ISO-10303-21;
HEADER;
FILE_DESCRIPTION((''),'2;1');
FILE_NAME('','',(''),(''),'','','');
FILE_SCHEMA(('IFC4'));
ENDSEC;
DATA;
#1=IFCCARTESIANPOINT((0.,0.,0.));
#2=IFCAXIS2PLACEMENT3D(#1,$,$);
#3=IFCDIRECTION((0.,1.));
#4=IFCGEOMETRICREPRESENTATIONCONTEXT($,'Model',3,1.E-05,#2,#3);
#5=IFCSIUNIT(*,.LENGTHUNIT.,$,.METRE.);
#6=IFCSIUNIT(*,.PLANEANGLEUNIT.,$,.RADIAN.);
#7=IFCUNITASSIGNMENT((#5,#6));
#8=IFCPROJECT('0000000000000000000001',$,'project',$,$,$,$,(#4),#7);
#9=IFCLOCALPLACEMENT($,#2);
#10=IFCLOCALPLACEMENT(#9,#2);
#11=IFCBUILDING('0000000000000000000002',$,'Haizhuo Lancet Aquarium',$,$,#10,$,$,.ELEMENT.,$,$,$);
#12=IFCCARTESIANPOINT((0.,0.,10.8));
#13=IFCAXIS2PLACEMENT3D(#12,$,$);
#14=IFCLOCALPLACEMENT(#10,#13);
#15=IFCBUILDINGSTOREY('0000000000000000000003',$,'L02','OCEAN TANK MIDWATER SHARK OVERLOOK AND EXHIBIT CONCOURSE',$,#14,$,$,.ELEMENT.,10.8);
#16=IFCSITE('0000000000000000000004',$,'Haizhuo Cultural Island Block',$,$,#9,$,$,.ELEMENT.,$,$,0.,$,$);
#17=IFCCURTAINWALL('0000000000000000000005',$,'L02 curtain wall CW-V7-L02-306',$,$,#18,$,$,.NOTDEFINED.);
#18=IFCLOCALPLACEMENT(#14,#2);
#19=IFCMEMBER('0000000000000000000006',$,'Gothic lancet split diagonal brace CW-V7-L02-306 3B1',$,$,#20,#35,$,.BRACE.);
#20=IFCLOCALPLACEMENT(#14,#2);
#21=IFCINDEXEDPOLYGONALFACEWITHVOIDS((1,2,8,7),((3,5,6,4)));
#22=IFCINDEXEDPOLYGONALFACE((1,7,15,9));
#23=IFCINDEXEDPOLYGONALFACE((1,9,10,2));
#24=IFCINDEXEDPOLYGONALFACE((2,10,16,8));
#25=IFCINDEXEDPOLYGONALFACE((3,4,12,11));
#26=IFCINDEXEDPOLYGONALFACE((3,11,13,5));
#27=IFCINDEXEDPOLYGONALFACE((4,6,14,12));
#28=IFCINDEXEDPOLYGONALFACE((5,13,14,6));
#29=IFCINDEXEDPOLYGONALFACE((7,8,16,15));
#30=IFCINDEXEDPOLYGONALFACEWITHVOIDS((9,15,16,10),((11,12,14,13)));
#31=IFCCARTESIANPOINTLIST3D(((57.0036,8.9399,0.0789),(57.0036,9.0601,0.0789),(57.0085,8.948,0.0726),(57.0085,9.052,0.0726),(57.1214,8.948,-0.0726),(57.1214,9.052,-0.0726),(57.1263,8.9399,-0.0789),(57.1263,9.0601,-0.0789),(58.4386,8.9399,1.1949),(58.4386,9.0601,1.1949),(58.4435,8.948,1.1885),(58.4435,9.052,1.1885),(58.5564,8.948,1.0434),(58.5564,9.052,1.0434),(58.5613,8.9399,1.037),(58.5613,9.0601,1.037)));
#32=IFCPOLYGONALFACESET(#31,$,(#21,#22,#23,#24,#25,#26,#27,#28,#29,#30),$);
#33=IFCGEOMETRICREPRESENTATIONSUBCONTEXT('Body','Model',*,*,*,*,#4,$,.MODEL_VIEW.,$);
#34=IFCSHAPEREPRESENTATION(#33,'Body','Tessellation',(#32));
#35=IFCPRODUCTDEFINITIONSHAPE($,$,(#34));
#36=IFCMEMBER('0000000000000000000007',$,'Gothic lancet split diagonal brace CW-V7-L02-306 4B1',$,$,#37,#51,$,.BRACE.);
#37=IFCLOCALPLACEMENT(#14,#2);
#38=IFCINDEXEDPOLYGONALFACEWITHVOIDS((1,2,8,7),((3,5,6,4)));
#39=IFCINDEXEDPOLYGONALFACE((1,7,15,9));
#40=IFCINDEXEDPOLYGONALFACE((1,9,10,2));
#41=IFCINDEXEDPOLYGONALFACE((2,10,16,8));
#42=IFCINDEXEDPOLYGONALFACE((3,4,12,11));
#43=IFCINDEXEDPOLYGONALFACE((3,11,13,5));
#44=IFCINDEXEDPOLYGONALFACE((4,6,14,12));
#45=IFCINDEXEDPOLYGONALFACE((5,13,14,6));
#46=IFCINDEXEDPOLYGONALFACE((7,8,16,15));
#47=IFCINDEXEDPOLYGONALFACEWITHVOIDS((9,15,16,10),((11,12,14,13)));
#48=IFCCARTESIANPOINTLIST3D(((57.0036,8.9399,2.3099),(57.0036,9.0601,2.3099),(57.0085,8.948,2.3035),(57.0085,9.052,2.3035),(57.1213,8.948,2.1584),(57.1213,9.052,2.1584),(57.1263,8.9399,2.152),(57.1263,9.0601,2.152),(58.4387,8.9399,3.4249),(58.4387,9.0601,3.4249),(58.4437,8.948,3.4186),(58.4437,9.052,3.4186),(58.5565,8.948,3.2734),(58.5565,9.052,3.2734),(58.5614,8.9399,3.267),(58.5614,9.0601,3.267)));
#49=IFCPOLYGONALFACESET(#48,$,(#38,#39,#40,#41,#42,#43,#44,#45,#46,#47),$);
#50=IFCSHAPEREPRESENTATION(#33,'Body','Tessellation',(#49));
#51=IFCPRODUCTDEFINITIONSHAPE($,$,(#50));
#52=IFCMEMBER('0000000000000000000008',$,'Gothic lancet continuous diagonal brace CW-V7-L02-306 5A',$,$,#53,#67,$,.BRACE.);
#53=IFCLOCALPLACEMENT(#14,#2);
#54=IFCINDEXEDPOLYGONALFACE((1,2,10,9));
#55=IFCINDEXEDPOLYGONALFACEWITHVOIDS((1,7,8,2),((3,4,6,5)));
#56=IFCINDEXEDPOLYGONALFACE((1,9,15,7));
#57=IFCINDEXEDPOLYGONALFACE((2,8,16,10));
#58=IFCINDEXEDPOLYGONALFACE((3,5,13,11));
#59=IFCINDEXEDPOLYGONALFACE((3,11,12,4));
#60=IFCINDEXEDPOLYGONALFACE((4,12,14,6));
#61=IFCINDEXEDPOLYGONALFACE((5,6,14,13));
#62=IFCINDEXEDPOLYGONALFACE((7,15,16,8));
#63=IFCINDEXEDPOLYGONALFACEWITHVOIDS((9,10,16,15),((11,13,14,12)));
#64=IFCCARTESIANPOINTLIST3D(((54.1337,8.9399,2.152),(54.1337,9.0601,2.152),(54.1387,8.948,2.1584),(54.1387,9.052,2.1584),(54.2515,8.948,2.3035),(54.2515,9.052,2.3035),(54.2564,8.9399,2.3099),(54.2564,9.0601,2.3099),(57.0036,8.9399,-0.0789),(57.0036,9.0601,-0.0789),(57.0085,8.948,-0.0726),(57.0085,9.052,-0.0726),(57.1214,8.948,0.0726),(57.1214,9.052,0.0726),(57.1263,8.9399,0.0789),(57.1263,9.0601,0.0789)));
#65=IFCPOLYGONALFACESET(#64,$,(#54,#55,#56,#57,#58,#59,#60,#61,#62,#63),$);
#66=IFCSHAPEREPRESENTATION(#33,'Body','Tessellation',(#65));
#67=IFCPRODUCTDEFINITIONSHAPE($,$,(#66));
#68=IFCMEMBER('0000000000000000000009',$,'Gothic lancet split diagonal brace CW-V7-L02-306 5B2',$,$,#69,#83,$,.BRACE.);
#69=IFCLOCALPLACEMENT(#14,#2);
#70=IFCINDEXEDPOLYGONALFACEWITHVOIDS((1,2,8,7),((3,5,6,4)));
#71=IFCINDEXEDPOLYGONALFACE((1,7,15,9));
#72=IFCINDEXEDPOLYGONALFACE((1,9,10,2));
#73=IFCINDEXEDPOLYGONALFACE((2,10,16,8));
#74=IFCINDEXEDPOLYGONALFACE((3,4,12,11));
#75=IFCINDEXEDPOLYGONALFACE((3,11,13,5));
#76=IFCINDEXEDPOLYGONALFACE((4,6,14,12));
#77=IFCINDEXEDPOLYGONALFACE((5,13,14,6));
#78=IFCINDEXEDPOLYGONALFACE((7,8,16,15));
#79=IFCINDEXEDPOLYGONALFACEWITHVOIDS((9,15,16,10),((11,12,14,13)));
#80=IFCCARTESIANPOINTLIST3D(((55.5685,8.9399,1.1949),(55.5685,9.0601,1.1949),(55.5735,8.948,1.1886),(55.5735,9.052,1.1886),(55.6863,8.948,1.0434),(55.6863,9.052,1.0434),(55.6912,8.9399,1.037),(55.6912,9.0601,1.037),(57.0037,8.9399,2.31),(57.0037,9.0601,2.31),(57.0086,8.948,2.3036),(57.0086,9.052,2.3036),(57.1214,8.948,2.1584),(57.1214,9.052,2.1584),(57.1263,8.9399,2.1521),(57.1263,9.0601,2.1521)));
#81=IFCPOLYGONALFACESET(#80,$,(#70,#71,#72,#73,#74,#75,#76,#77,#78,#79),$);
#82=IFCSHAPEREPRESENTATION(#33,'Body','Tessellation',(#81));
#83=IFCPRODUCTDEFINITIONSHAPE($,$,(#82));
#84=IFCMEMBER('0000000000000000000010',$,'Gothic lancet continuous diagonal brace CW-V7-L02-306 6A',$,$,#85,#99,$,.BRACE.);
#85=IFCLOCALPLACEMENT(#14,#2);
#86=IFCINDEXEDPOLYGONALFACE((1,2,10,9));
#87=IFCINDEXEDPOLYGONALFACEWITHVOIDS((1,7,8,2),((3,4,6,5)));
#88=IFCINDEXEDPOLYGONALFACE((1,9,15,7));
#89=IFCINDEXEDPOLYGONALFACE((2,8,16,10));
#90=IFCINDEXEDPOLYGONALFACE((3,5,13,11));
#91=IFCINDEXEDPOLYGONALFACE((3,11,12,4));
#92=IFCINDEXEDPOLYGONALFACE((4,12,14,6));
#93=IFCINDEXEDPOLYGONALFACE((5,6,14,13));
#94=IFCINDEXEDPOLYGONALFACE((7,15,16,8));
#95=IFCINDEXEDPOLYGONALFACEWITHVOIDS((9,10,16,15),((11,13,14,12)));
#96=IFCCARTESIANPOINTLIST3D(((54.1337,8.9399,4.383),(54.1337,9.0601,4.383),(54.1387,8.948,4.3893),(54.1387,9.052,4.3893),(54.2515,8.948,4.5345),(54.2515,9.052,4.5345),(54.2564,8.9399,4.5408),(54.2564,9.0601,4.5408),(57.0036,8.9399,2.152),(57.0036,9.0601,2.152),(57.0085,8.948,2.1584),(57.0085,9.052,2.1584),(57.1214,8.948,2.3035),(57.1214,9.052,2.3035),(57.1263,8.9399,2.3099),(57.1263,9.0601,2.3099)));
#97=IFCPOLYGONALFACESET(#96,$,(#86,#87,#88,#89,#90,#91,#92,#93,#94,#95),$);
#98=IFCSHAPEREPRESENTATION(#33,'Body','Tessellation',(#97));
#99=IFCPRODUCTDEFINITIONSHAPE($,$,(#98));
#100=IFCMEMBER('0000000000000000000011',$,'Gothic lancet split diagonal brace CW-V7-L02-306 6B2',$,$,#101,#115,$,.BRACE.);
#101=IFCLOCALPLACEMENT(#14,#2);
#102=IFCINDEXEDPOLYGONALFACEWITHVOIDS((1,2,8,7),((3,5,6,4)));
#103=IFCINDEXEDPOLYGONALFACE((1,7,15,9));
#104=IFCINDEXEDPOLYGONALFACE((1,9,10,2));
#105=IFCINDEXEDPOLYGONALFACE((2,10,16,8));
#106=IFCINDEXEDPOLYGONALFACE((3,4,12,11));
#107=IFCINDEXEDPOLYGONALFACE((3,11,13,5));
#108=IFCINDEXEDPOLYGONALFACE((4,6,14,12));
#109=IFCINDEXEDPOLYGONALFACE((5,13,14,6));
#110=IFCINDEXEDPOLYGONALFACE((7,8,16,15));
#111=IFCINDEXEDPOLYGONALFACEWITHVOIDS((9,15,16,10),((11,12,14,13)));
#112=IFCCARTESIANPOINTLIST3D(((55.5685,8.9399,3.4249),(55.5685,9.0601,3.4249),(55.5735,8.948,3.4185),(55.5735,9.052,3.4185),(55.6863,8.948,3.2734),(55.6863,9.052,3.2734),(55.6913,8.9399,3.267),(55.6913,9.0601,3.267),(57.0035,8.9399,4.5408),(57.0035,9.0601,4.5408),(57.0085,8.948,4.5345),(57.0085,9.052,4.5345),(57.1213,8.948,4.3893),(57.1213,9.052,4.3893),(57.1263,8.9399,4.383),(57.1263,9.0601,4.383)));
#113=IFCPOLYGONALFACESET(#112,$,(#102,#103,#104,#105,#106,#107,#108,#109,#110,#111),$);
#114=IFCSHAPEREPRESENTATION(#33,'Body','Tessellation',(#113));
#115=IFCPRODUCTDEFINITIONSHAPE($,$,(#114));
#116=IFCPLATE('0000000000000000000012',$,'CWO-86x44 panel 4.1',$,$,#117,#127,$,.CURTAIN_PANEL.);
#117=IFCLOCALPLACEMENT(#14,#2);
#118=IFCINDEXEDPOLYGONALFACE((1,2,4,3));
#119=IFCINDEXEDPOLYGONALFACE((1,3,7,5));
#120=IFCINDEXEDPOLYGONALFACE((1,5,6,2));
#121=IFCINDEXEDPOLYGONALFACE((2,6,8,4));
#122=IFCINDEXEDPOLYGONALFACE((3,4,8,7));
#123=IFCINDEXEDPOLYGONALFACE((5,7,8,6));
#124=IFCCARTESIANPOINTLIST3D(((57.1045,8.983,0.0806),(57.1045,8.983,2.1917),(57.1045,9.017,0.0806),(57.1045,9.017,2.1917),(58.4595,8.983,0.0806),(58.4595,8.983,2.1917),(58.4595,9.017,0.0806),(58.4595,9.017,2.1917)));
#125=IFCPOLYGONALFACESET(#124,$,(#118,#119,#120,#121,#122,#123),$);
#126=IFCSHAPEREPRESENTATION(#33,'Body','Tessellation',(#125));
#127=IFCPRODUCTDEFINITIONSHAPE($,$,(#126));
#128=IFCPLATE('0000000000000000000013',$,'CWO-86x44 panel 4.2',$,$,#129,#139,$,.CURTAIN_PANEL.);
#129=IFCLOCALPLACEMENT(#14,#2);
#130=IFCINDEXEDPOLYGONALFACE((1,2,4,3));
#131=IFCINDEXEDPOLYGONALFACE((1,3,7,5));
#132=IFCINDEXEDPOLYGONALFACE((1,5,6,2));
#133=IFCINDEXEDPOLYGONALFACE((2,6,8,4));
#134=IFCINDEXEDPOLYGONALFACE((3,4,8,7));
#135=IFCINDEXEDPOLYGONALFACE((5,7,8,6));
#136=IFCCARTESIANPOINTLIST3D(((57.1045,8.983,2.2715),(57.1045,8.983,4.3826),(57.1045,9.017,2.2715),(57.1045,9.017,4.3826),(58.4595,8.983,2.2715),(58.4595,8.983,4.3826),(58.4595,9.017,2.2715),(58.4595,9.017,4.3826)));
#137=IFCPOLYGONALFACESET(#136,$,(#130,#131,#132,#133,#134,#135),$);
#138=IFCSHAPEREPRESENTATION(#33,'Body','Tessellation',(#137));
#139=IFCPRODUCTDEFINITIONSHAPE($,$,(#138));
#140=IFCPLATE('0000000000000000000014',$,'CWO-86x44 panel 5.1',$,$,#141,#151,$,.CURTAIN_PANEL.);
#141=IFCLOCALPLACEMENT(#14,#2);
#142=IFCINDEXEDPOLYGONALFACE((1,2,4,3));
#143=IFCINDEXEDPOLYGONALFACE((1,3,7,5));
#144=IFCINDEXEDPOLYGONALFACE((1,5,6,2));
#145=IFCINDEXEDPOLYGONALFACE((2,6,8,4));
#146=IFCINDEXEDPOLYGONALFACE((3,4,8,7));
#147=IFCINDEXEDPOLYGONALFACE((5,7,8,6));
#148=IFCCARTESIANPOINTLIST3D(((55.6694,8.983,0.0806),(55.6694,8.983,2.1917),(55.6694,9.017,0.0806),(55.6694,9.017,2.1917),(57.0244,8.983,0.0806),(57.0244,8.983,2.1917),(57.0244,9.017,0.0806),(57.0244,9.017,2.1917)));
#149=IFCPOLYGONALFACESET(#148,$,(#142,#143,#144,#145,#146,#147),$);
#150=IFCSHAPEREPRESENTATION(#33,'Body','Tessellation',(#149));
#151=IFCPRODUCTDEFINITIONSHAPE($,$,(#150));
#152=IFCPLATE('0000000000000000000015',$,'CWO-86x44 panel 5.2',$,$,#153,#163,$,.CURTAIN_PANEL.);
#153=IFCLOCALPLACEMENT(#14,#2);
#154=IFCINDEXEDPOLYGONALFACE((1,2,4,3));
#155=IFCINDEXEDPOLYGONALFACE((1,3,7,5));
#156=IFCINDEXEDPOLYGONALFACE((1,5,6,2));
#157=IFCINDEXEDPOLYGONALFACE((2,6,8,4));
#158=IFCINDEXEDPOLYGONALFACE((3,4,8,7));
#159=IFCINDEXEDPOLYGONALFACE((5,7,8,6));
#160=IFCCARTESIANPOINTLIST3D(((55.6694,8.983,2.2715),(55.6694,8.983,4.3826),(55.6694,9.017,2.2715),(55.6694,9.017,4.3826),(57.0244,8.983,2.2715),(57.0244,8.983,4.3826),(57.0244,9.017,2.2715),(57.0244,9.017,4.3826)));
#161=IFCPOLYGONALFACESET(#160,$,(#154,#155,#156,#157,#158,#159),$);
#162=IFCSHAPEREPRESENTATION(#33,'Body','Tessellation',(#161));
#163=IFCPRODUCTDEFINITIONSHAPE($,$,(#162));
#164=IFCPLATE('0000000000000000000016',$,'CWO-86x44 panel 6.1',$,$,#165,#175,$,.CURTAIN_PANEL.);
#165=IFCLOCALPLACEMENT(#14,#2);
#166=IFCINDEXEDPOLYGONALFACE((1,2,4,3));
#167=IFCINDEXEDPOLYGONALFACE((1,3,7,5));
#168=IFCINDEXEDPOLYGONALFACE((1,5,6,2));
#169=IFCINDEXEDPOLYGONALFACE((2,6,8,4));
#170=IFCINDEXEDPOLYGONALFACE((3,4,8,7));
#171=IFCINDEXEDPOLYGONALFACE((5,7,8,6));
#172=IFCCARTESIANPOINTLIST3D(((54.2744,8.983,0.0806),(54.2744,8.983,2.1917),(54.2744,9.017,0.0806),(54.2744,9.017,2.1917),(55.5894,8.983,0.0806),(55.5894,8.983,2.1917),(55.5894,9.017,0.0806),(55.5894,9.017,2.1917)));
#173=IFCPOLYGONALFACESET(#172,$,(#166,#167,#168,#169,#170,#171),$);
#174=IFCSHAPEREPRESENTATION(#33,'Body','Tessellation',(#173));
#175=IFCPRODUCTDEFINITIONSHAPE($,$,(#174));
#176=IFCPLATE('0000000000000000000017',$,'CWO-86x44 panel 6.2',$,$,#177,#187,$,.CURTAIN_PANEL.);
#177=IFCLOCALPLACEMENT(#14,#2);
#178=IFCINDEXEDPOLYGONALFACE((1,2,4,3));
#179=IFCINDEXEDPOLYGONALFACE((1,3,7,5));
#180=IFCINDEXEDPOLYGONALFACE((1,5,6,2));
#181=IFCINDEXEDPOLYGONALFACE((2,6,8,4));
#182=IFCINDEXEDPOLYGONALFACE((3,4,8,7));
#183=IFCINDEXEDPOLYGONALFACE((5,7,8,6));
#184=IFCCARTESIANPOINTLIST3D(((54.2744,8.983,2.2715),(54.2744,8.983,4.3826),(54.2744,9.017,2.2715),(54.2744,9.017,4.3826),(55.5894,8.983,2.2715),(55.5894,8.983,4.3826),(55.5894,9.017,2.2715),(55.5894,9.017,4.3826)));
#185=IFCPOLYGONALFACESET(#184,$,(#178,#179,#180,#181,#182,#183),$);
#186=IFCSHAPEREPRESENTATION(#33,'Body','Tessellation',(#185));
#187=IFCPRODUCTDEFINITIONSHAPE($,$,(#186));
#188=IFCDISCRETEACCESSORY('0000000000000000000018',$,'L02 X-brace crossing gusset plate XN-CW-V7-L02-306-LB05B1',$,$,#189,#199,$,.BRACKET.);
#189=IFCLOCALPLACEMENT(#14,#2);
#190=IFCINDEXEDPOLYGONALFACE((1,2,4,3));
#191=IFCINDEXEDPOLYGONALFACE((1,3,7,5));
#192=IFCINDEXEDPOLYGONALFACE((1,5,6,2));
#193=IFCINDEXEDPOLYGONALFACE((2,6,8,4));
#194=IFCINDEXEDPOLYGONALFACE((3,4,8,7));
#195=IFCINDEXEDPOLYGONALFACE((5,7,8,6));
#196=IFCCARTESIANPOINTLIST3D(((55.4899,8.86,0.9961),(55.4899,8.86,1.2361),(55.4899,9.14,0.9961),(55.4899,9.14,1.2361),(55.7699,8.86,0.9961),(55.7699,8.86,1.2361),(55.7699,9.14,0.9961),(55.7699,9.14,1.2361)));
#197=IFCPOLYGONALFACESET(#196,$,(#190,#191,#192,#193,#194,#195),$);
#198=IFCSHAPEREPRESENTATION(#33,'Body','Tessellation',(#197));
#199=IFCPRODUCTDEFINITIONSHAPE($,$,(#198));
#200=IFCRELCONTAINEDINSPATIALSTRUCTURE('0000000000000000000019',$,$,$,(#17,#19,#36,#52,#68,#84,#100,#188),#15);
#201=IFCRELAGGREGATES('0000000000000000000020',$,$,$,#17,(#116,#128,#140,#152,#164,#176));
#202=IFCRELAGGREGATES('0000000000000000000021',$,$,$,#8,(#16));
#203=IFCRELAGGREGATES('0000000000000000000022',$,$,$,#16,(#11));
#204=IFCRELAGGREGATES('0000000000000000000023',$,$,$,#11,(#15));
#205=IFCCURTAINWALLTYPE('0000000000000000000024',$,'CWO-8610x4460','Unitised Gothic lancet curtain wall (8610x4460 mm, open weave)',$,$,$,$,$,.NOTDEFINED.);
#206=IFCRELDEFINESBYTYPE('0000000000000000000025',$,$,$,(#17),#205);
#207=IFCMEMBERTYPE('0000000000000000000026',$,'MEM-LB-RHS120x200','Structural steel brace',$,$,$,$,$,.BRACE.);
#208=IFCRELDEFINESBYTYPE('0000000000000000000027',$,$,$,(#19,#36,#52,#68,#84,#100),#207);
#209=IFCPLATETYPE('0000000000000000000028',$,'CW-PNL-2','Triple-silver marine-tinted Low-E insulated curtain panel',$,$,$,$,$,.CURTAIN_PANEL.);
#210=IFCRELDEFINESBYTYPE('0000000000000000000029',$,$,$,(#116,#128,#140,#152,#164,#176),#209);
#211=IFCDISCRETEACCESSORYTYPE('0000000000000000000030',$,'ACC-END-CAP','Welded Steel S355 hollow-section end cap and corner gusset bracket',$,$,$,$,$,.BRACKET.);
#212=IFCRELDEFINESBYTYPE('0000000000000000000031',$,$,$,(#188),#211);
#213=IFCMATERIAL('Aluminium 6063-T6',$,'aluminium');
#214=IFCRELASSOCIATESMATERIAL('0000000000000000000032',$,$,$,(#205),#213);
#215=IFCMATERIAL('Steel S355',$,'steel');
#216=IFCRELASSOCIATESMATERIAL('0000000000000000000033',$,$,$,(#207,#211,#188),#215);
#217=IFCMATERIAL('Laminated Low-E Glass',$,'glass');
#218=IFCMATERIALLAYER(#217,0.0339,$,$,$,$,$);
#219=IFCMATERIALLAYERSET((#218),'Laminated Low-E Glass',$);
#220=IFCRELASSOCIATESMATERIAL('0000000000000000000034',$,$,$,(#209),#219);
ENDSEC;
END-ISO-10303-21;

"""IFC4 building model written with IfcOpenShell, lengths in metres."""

from ifc_helpers import new_model, si_unit, direction, frame, origin, origin_2d, place, context, subcontext, project, spatial, rectangle, hollow_rectangle, extrude, material, layer, layer_set, material_profile, profile_set, type_object, element, aggregate, save


model = new_model("IFC4")

# Units and contexts
model_context = context("Model", 3, precision=1e-05, world=origin(), true_north=direction((0.0, 1.0)))
body_context = subcontext(model_context, "Body", "Model", "MODEL_VIEW")
ifc_project = project(units=[si_unit("LENGTHUNIT", "METRE"), si_unit("PLANEANGLEUNIT", "RADIAN")], contexts=[model_context])

# Site, building, storey
site_placement = place(None, origin())
site = spatial("IfcSite", under=ifc_project, at=site_placement, Name="Haizhuo Cultural Island Block", CompositionType="ELEMENT", RefElevation=0.0)
building_placement = place(site_placement, origin())
building = spatial("IfcBuilding", under=site, at=building_placement, Name="Haizhuo Lancet Aquarium", CompositionType="ELEMENT")
storey_placement = place(building_placement, frame((0.0, 0.0, 10.8)))
storey = spatial("IfcBuildingStorey", under=building, at=storey_placement, Name="L02", Description="OCEAN TANK MIDWATER SHARK OVERLOOK AND EXHIBIT CONCOURSE", CompositionType="ELEMENT", Elevation=10.8)

# Curtain wall
ifc_material_1 = material(Name="Aluminium 6063-T6", Category="aluminium")
curtain_wall_type = type_object("IfcCurtainWallType", Name="CWO-8610x4460", Description="Unitised Gothic lancet curtain wall (8610x4460 mm, open weave)", PredefinedType="NOTDEFINED", material=ifc_material_1)
curtain_wall_placement = place(storey_placement, origin())
curtain_wall = element("IfcCurtainWall", 1, at=curtain_wall_placement, inside=storey, type_object=curtain_wall_type, Name="L02 curtain wall CW-V7-L02-306", PredefinedType="NOTDEFINED")

# Members
ifc_material_2 = material(Name="Steel S355", Category="steel")
ifc_material_profile_1 = material_profile(ifc_material_2, hollow_rectangle(XDim=0.1201, YDim=0.2, WallThickness=0.0081, at=origin_2d()), Name="RHS 120x200x8")
ifc_profile_set_1 = profile_set([ifc_material_profile_1], Name="Steel S355")
member_type_1 = type_object("IfcMemberType", Name="MEM-LB-RHS120x200", Description="Structural steel brace", PredefinedType="BRACE", material=ifc_profile_set_1)
member_1_placement = place(storey_placement, frame((57.0649, 9.0, 0.0), z_axis=(0.789403, 0.0, 0.613876), x_axis=(0.0, 1.0, 0.0)))
element("IfcMember", 2, at=member_1_placement, inside=storey, type_object=member_type_1, Name="Gothic lancet split diagonal brace CW-V7-L02-306 3B1", PredefinedType="BRACE", context=body_context, shape_type="SweptSolid", body=[
    extrude(hollow_rectangle(XDim=0.1201, YDim=0.2, WallThickness=0.0081, at=origin_2d()), origin(), (0.0, 0.0, 1.0), 1.8179),
])
member_2_placement = place(storey_placement, frame((57.0649, 9.0, 2.231), z_axis=(0.789663, 0.0, 0.613541), x_axis=(0.0, 1.0, 0.0)))
element("IfcMember", 3, at=member_2_placement, inside=storey, type_object=member_type_1, Name="Gothic lancet split diagonal brace CW-V7-L02-306 4B1", PredefinedType="BRACE", context=body_context, shape_type="SweptSolid", body=[
    extrude(hollow_rectangle(XDim=0.1201, YDim=0.2, WallThickness=0.0081, at=origin_2d()), origin(), (0.0, 0.0, 1.0), 1.8174),
])
member_3_placement = place(storey_placement, frame((57.0649, 9.0, 0.0), z_axis=(-0.789508, 0.0, 0.613741), x_axis=(0.0, -1.0, 0.0)))
element("IfcMember", 4, at=member_3_placement, inside=storey, type_object=member_type_1, Name="Gothic lancet continuous diagonal brace CW-V7-L02-306 5A", PredefinedType="BRACE", context=body_context, shape_type="SweptSolid", body=[
    extrude(hollow_rectangle(XDim=0.1201, YDim=0.2, WallThickness=0.0081, at=origin_2d()), origin(), (0.0, 0.0, 1.0), 3.635),
])
member_4_placement = place(storey_placement, frame((55.6299, 9.0, 1.116), z_axis=(0.789663, 0.0, 0.613541), x_axis=(0.0, 1.0, 0.0)))
element("IfcMember", 5, at=member_4_placement, inside=storey, type_object=member_type_1, Name="Gothic lancet split diagonal brace CW-V7-L02-306 5B2", PredefinedType="BRACE", context=body_context, shape_type="SweptSolid", body=[
    extrude(hollow_rectangle(XDim=0.1201, YDim=0.2, WallThickness=0.0081, at=origin_2d()), origin(), (0.0, 0.0, 1.0), 1.8174),
])
member_5_placement = place(storey_placement, frame((57.0649, 9.0, 2.231), z_axis=(-0.789508, 0.0, 0.613741), x_axis=(0.0, -1.0, 0.0)))
element("IfcMember", 6, at=member_5_placement, inside=storey, type_object=member_type_1, Name="Gothic lancet continuous diagonal brace CW-V7-L02-306 6A", PredefinedType="BRACE", context=body_context, shape_type="SweptSolid", body=[
    extrude(hollow_rectangle(XDim=0.1201, YDim=0.2, WallThickness=0.0081, at=origin_2d()), origin(), (0.0, 0.0, 1.0), 3.635),
])
member_6_placement = place(storey_placement, frame((55.6299, 9.0, 3.3459), z_axis=(0.789403, 0.0, 0.613876), x_axis=(0.0, 1.0, 0.0)))
element("IfcMember", 7, at=member_6_placement, inside=storey, type_object=member_type_1, Name="Gothic lancet split diagonal brace CW-V7-L02-306 6B2", PredefinedType="BRACE", context=body_context, shape_type="SweptSolid", body=[
    extrude(hollow_rectangle(XDim=0.1201, YDim=0.2, WallThickness=0.0081, at=origin_2d()), origin(), (0.0, 0.0, 1.0), 1.8179),
])

# Plates
ifc_material_3 = material(Name="Laminated Low-E Glass", Category="glass")
ifc_layer = layer(ifc_material_3, 0.0339)
ifc_layer_set = layer_set([ifc_layer], Name="Laminated Low-E Glass")
plate_type = type_object("IfcPlateType", Name="CW-PNL-2", Description="Triple-silver marine-tinted Low-E insulated curtain panel", PredefinedType="CURTAIN_PANEL", material=ifc_layer_set)
plate_1_placement = place(storey_placement, frame((57.782, 9.0, 0.0806), z_axis=(0.0, 0.0, 1.0), x_axis=(-1.0, 0.0, 0.0)))
plate_1 = element("IfcPlate", 8, at=plate_1_placement, type_object=plate_type, Name="CWO-86x44 panel 4.1", PredefinedType="CURTAIN_PANEL", context=body_context, shape_type="SweptSolid", body=[
    extrude(rectangle(XDim=1.355, YDim=0.0339, at=origin_2d()), origin(), (0.0, 0.0, 1.0), 2.1111),
])
plate_2_placement = place(storey_placement, frame((57.782, 9.0, 2.2715), z_axis=(0.0, 0.0, 1.0), x_axis=(-1.0, 0.0, 0.0)))
plate_2 = element("IfcPlate", 9, at=plate_2_placement, type_object=plate_type, Name="CWO-86x44 panel 4.2", PredefinedType="CURTAIN_PANEL", context=body_context, shape_type="SweptSolid", body=[
    extrude(rectangle(XDim=1.355, YDim=0.0339, at=origin_2d()), origin(), (0.0, 0.0, 1.0), 2.1111),
])
plate_3_placement = place(storey_placement, frame((56.3469, 9.0, 0.0806), z_axis=(0.0, 0.0, 1.0), x_axis=(-1.0, 0.0, 0.0)))
plate_3 = element("IfcPlate", 10, at=plate_3_placement, type_object=plate_type, Name="CWO-86x44 panel 5.1", PredefinedType="CURTAIN_PANEL", context=body_context, shape_type="SweptSolid", body=[
    extrude(rectangle(XDim=1.355, YDim=0.0339, at=origin_2d()), origin(), (0.0, 0.0, 1.0), 2.1111),
])
plate_4_placement = place(storey_placement, frame((56.3469, 9.0, 2.2715), z_axis=(0.0, 0.0, 1.0), x_axis=(-1.0, 0.0, 0.0)))
plate_4 = element("IfcPlate", 11, at=plate_4_placement, type_object=plate_type, Name="CWO-86x44 panel 5.2", PredefinedType="CURTAIN_PANEL", context=body_context, shape_type="SweptSolid", body=[
    extrude(rectangle(XDim=1.355, YDim=0.0339, at=origin_2d()), origin(), (0.0, 0.0, 1.0), 2.1111),
])
plate_5_placement = place(storey_placement, frame((54.9319, 9.0, 0.0806), z_axis=(0.0, 0.0, 1.0), x_axis=(-1.0, 0.0, 0.0)))
plate_5 = element("IfcPlate", 12, at=plate_5_placement, type_object=plate_type, Name="CWO-86x44 panel 6.1", PredefinedType="CURTAIN_PANEL", context=body_context, shape_type="SweptSolid", body=[
    extrude(rectangle(XDim=1.3149, YDim=0.0339, at=origin_2d()), origin(), (0.0, 0.0, 1.0), 2.1111),
])
plate_6_placement = place(storey_placement, frame((54.9319, 9.0, 2.2715), z_axis=(0.0, 0.0, 1.0), x_axis=(-1.0, 0.0, 0.0)))
plate_6 = element("IfcPlate", 13, at=plate_6_placement, type_object=plate_type, Name="CWO-86x44 panel 6.2", PredefinedType="CURTAIN_PANEL", context=body_context, shape_type="SweptSolid", body=[
    extrude(rectangle(XDim=1.3149, YDim=0.0339, at=origin_2d()), origin(), (0.0, 0.0, 1.0), 2.1111),
])
aggregate(curtain_wall, [plate_1, plate_2, plate_3, plate_4, plate_5, plate_6])

# Discrete accessory
discrete_accessory_type = type_object("IfcDiscreteAccessoryType", Name="ACC-END-CAP", Description="Welded Steel S355 hollow-section end cap and corner gusset bracket", PredefinedType="BRACKET", material=ifc_material_2)
for number, where, z_axis, x_axis, name in (
    (14, (55.6299, 9.0, 0.9961), (0.0, 0.0, 1.0), (1.0, 0.0, 0.0), "L02 X-brace crossing gusset plate XN-CW-V7-L02-306-LB05B1"),
):
    element("IfcDiscreteAccessory", number, at=place(storey_placement, frame(where, z_axis=z_axis, x_axis=x_axis)), inside=storey, type_object=discrete_accessory_type, material=ifc_material_2, Name=name, PredefinedType="BRACKET", context=body_context, shape_type="SweptSolid", body=[
        extrude(rectangle(XDim=0.28, YDim=0.28, at=origin_2d()), origin(), (0.0, 0.0, 1.0), 0.24),
    ])

save(model, "model.ifc")
